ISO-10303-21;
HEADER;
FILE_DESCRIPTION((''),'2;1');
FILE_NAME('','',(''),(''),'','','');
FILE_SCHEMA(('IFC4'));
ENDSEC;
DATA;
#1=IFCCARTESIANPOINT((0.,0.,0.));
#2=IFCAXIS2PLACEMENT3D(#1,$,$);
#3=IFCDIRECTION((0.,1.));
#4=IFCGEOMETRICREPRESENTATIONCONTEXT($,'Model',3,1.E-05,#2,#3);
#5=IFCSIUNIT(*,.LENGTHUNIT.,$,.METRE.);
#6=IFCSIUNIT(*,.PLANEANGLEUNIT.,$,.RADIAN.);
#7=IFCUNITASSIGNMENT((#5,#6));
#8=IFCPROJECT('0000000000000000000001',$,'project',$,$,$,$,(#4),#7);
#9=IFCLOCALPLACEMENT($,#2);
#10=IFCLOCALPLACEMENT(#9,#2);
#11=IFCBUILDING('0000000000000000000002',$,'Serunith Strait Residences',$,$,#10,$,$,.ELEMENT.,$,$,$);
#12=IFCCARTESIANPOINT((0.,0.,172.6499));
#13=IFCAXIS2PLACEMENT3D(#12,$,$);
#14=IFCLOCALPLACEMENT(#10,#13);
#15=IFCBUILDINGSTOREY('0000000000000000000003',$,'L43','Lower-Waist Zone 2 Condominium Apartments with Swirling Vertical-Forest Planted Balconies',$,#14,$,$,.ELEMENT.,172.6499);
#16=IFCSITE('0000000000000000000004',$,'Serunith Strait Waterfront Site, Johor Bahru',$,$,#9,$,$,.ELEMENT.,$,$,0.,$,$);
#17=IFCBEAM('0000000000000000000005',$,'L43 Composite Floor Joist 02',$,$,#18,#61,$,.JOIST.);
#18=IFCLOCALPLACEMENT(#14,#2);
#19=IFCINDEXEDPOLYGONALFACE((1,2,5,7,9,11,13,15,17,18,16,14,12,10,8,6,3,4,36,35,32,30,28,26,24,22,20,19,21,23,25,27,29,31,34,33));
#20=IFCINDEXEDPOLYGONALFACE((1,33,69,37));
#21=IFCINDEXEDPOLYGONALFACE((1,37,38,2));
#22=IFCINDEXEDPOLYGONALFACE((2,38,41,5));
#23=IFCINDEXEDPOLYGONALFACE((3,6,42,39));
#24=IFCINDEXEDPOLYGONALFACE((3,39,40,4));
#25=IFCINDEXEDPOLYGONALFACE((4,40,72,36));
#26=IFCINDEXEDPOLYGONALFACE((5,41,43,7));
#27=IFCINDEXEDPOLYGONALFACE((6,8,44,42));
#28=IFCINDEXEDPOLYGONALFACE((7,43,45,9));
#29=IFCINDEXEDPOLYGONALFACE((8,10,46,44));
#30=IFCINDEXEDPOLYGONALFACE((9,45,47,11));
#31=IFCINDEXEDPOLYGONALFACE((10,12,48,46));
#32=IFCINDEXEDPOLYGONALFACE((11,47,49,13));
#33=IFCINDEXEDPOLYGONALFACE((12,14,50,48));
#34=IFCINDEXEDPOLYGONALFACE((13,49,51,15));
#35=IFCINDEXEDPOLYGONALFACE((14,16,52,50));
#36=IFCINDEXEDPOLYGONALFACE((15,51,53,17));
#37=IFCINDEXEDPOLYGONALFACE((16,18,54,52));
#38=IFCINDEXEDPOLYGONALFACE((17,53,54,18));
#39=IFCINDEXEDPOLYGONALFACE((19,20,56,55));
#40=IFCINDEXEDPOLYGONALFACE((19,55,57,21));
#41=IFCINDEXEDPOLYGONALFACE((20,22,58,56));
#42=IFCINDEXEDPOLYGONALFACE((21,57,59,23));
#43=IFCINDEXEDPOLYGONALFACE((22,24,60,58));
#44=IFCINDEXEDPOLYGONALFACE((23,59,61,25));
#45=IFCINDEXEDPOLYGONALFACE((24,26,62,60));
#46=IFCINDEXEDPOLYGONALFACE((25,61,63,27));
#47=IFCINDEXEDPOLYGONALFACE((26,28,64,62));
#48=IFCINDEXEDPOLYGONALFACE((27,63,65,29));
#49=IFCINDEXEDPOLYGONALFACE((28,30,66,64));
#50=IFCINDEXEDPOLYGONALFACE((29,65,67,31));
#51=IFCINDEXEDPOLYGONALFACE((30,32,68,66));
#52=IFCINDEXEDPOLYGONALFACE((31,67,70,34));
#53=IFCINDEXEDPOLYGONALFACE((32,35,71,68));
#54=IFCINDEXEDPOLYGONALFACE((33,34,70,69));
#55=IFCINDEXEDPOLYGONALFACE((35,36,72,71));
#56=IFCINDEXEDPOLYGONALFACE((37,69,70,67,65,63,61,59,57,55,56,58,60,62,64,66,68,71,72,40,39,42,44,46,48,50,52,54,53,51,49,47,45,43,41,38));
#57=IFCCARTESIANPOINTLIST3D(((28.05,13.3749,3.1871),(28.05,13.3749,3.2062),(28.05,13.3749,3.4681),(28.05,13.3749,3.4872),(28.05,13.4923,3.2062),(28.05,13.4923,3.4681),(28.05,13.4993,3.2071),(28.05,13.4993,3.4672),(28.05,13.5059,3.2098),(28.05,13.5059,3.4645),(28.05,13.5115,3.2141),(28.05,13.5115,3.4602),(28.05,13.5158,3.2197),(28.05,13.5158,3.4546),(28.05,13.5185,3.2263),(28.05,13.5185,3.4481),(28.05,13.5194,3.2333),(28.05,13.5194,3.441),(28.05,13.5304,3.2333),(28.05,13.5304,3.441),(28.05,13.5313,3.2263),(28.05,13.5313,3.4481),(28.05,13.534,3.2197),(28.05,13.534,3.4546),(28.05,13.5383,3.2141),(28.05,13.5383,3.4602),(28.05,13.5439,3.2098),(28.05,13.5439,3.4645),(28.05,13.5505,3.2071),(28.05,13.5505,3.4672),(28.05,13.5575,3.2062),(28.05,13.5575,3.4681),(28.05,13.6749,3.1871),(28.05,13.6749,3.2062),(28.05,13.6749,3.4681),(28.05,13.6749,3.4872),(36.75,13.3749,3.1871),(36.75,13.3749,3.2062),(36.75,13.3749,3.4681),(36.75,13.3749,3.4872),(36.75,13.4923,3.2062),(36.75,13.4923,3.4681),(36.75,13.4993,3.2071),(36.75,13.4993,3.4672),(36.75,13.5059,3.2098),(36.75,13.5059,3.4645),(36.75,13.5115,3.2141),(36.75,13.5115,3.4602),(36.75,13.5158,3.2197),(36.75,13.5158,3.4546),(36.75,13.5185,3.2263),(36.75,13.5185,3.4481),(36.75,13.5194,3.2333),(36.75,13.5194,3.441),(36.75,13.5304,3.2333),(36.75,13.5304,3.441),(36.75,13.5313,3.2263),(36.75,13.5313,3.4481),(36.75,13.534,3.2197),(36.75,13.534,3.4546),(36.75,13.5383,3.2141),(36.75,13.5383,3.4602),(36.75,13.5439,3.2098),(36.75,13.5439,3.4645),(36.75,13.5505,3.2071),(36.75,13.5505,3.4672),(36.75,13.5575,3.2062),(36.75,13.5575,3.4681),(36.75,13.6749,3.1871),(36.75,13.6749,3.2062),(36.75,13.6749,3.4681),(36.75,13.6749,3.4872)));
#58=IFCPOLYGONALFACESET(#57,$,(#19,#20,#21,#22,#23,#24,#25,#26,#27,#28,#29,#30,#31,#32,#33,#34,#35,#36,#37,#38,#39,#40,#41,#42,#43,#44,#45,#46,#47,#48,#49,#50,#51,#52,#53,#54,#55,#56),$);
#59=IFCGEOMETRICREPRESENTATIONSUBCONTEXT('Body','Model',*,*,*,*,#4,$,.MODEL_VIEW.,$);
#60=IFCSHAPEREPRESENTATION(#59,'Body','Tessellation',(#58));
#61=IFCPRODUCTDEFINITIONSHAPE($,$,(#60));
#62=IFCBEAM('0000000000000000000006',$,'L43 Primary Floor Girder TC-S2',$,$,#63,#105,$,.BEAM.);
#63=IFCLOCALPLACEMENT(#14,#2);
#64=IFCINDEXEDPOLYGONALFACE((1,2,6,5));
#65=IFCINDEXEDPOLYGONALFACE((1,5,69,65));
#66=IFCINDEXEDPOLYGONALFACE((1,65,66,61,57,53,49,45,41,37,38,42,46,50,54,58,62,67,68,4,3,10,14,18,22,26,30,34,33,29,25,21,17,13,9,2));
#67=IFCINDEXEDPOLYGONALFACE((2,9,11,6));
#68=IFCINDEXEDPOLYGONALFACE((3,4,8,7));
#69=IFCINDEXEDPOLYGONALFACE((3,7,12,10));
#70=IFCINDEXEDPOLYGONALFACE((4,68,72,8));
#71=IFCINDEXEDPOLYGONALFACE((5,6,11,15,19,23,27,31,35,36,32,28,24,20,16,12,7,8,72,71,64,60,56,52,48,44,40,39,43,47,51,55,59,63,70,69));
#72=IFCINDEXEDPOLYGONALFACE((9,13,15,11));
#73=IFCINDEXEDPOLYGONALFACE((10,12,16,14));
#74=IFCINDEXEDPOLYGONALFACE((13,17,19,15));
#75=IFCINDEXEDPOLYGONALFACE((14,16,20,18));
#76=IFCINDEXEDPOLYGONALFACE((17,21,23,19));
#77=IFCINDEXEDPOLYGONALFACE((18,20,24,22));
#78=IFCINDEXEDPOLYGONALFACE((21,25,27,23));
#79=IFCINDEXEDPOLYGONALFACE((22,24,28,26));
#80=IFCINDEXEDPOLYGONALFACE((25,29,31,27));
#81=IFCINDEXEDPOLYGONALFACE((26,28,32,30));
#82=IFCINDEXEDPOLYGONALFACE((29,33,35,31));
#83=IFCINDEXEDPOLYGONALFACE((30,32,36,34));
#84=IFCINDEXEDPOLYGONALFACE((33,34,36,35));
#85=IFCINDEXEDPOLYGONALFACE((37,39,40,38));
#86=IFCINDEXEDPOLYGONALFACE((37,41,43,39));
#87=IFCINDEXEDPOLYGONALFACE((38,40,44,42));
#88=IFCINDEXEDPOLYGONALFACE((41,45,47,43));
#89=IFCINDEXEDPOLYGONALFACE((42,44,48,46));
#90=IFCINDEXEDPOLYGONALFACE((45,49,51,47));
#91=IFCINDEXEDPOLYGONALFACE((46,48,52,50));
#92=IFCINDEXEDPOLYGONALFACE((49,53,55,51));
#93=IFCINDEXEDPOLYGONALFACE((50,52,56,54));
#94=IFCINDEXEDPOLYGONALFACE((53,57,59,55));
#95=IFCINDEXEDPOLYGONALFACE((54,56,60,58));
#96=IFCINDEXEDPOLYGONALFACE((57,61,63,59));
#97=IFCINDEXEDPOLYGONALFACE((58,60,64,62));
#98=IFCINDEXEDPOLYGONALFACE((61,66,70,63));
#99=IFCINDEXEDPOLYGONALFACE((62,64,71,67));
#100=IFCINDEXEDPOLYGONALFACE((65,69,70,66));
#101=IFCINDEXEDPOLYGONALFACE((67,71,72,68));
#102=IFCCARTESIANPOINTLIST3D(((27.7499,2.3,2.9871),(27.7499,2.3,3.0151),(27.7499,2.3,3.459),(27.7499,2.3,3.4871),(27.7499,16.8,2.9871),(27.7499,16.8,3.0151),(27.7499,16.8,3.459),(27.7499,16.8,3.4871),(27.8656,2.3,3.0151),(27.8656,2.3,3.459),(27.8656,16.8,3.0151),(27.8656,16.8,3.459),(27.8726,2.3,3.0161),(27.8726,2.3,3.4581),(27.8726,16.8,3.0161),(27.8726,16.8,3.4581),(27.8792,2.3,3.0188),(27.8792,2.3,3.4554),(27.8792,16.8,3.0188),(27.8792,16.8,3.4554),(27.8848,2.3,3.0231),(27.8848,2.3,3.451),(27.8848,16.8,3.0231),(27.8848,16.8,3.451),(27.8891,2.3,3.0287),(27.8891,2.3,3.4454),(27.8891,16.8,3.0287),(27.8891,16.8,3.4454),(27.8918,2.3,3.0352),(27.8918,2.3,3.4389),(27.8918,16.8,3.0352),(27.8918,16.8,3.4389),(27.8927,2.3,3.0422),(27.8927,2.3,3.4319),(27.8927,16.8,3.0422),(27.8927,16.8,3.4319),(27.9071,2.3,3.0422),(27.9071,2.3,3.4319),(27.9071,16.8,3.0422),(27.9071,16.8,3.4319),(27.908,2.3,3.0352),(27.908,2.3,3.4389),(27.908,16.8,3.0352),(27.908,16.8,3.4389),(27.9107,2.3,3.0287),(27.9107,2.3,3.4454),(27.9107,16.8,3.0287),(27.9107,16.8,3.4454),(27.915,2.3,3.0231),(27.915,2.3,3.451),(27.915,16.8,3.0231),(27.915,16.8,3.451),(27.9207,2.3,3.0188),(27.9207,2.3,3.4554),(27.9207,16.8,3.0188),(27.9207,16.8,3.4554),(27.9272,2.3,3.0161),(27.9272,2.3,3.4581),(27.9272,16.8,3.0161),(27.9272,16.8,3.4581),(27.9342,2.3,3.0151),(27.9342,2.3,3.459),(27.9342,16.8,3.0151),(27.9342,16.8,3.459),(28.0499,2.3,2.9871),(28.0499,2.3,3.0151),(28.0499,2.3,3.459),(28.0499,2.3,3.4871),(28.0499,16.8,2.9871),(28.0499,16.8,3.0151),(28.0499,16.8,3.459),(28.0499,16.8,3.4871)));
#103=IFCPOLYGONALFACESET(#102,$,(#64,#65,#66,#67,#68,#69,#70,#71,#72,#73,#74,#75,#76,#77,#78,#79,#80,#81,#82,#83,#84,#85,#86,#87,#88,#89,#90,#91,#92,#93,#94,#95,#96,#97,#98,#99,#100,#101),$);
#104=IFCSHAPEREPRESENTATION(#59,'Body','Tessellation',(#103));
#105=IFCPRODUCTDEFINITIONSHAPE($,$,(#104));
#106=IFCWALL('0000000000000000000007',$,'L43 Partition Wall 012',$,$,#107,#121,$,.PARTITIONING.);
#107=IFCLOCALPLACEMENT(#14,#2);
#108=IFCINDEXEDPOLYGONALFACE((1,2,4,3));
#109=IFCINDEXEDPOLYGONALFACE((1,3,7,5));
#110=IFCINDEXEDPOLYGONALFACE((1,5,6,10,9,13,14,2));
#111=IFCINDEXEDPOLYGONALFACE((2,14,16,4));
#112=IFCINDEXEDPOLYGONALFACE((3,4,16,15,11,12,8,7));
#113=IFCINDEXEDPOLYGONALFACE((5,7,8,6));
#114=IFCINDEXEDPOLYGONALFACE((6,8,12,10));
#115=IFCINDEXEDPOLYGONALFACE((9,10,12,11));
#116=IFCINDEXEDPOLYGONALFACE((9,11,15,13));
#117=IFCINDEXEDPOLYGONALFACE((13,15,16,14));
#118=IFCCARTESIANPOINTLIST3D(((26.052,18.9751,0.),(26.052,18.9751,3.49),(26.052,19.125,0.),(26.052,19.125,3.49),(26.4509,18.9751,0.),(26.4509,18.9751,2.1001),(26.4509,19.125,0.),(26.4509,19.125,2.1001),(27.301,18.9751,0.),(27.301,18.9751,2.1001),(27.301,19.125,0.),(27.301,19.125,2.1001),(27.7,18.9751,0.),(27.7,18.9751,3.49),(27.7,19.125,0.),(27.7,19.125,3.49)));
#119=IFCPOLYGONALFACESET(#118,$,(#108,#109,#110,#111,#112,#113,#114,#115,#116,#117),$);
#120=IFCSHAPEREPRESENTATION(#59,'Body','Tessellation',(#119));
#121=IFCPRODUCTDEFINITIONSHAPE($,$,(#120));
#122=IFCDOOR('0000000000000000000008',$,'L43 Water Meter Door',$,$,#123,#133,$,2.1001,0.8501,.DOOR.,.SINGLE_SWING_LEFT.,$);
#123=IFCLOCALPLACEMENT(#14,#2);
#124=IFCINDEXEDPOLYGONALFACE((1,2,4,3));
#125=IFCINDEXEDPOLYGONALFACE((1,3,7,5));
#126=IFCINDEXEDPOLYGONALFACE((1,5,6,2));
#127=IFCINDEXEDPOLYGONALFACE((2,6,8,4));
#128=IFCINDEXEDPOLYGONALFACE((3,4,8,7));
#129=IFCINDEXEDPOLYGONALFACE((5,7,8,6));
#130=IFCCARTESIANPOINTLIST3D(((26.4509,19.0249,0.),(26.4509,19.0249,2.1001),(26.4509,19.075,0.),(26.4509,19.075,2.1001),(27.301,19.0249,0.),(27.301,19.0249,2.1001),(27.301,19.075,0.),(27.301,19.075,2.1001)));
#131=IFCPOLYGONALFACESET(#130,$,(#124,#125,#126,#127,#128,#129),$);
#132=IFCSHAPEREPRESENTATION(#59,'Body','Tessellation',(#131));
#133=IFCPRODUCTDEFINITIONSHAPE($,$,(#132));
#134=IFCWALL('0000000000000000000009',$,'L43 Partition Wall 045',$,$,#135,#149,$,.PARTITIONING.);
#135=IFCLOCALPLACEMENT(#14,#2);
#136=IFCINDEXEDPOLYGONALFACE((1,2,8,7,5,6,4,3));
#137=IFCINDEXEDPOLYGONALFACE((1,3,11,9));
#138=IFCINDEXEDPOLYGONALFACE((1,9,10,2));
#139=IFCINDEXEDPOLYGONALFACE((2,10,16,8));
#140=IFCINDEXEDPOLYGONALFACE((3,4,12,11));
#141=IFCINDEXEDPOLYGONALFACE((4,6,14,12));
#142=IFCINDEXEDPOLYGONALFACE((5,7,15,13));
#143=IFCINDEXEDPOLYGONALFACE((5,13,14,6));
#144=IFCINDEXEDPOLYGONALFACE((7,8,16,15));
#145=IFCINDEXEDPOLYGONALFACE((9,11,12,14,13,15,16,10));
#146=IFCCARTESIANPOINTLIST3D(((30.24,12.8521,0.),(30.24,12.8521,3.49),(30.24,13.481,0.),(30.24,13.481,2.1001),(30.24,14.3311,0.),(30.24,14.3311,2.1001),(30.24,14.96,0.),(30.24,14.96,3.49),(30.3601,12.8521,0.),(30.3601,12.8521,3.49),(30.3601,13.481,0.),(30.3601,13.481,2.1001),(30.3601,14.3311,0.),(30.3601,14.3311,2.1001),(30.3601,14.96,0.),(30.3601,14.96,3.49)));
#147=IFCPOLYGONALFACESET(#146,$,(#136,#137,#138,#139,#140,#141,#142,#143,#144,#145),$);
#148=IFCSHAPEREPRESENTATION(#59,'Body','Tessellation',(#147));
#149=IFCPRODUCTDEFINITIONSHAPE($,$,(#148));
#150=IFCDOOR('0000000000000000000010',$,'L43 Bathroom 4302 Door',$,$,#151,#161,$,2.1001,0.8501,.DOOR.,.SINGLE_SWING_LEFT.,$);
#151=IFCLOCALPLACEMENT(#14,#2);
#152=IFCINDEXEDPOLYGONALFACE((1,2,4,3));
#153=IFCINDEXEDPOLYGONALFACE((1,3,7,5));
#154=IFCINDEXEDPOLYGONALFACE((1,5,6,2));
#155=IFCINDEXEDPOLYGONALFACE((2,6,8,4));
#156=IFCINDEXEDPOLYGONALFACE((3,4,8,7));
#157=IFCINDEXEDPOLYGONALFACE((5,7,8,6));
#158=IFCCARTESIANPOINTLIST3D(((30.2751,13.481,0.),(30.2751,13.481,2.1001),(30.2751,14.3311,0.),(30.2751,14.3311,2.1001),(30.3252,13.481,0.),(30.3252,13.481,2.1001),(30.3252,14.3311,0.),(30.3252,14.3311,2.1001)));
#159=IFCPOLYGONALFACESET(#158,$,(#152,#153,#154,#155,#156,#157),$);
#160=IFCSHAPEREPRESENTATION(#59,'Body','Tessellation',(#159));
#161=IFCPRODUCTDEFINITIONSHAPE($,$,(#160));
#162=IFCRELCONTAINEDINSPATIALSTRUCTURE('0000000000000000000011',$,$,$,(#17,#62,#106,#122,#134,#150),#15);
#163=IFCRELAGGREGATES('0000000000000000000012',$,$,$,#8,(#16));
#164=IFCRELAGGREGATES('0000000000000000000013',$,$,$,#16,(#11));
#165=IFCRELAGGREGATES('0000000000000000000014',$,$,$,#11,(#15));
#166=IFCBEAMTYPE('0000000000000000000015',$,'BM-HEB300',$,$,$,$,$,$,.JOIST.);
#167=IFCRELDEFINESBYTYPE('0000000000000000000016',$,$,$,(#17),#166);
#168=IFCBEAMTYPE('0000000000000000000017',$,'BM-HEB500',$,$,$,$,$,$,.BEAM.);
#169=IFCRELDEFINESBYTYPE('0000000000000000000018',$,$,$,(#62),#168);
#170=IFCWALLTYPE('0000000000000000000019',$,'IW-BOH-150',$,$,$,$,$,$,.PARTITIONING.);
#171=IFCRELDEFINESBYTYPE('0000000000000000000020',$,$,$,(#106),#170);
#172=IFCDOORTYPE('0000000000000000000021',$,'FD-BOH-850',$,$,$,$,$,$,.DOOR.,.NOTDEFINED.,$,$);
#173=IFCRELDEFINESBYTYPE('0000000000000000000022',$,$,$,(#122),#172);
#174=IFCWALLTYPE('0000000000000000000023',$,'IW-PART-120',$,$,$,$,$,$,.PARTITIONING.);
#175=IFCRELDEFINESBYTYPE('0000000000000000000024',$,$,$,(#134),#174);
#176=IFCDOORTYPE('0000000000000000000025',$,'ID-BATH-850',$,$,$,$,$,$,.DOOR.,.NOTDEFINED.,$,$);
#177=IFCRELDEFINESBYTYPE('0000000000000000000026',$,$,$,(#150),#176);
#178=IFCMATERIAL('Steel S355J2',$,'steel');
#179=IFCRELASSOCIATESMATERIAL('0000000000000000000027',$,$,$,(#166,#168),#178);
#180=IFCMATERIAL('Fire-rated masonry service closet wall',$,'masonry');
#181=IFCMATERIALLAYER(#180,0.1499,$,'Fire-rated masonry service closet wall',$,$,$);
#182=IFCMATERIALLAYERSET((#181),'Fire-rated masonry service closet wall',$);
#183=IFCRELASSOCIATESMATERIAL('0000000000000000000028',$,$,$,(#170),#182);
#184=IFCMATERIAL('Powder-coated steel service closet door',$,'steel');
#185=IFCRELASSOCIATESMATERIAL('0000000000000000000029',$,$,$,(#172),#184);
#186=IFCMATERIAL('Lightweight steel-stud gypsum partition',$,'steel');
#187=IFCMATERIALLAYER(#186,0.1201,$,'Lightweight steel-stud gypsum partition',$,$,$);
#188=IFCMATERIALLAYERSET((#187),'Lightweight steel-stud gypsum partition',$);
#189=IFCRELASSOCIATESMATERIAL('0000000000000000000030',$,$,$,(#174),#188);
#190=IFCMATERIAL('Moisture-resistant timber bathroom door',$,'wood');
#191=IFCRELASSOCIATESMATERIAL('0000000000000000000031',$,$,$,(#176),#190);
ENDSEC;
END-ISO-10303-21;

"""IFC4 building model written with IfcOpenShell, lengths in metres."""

from ifc_helpers import new_model, si_unit, direction, frame, frame_2d, origin, origin_2d, place, context, subcontext, project, spatial, rectangle, i_section, extrude, source, transform, mapped, material, layer, layer_set, material_profile, profile_set, type_object, element, fill, save


model = new_model("IFC4")

# Units and contexts
model_context = context("Model", 3, precision=1e-05, world=origin(), true_north=direction((0.0, 1.0)))
body_context = subcontext(model_context, "Body", "Model", "MODEL_VIEW")
ifc_project = project(units=[si_unit("LENGTHUNIT", "METRE"), si_unit("PLANEANGLEUNIT", "RADIAN")], contexts=[model_context])

# Site, building, storey
site_placement = place(None, origin())
site = spatial("IfcSite", under=ifc_project, at=site_placement, Name="Serunith Strait Waterfront Site, Johor Bahru", CompositionType="ELEMENT", RefElevation=0.0)
building_placement = place(site_placement, origin())
building = spatial("IfcBuilding", under=site, at=building_placement, Name="Serunith Strait Residences", CompositionType="ELEMENT")
storey_placement = place(building_placement, frame((0.0, 0.0, 172.6499)))
storey = spatial("IfcBuildingStorey", under=building, at=storey_placement, Name="L43", Description="Lower-Waist Zone 2 Condominium Apartments with Swirling Vertical-Forest Planted Balconies", CompositionType="ELEMENT", Elevation=172.6499)

# Beams
ifc_material_1 = material(Name="Steel S355J2", Category="steel")
ifc_material_profile_1 = material_profile(ifc_material_1, i_section(OverallWidth=0.3, OverallDepth=0.3, WebThickness=0.011, FlangeThickness=0.019, FilletRadius=0.0271, at=origin_2d()), Name="HEB 300")
ifc_profile_set_1 = profile_set([ifc_material_profile_1], Name="Steel S355J2")
beam_type_1 = type_object("IfcBeamType", Name="BM-HEB300", PredefinedType="JOIST", material=ifc_profile_set_1)
shared_shape_1 = source(origin(), body_context, "Body", "SweptSolid", [
    extrude(i_section(OverallWidth=0.3, OverallDepth=0.3, WebThickness=0.011, FlangeThickness=0.019, FilletRadius=0.0271, at=origin_2d()), origin(), (0.0, 0.0, 1.0), 8.7),
])
beam_1_placement = place(storey_placement, frame((28.05, 13.5249, 3.3372), z_axis=(1.0, 0.0, 0.0), x_axis=(0.0, 1.0, 0.0)))
element("IfcBeam", 1, at=beam_1_placement, inside=storey, type_object=beam_type_1, Name="L43 Composite Floor Joist 02", PredefinedType="JOIST", context=body_context, shape_type="MappedRepresentation", body=[
    mapped(shared_shape_1, transform((0.0, 0.0, 0.0), scale=1.0)),
])
ifc_material_profile_2 = material_profile(ifc_material_1, i_section(OverallWidth=0.3, OverallDepth=0.5, WebThickness=0.0144, FlangeThickness=0.0281, FilletRadius=0.0271, at=origin_2d()), Name="HEB 500")
ifc_profile_set_2 = profile_set([ifc_material_profile_2], Name="Steel S355J2")
beam_type_2 = type_object("IfcBeamType", Name="BM-HEB500", PredefinedType="BEAM", material=ifc_profile_set_2)
shared_shape_2 = source(origin(), body_context, "Body", "SweptSolid", [
    extrude(i_section(OverallWidth=0.3, OverallDepth=0.5, WebThickness=0.0144, FlangeThickness=0.0281, FilletRadius=0.0271, at=origin_2d()), origin(), (0.0, 0.0, 1.0), 14.5),
])
beam_2_placement = place(storey_placement, frame((27.8999, 16.8, 3.2371), z_axis=(0.0, -1.0, 0.0), x_axis=(1.0, 0.0, 0.0)))
element("IfcBeam", 2, at=beam_2_placement, inside=storey, type_object=beam_type_2, Name="L43 Primary Floor Girder TC-S2", PredefinedType="BEAM", context=body_context, shape_type="MappedRepresentation", body=[
    mapped(shared_shape_2, transform((0.0, 0.0, 0.0), scale=1.0)),
])

# Walls, openings, doors
ifc_material_2 = material(Name="Fire-rated masonry service closet wall", Category="masonry")
ifc_layer_1 = layer(ifc_material_2, 0.1499, Name="Fire-rated masonry service closet wall")
ifc_layer_set_1 = layer_set([ifc_layer_1], Name="Fire-rated masonry service closet wall")
wall_type_1 = type_object("IfcWallType", Name="IW-BOH-150", PredefinedType="PARTITIONING", material=ifc_layer_set_1)
wall_1_placement = place(storey_placement, frame((26.052, 19.05, 0.0), z_axis=(0.0, 0.0, 1.0), x_axis=(1.0, 0.0, 0.0)))
wall_1 = element("IfcWall", 3, at=wall_1_placement, inside=storey, type_object=wall_type_1, Name="L43 Partition Wall 012", PredefinedType="PARTITIONING", context=body_context, shape_type="SweptSolid", body=[
    extrude(rectangle(XDim=1.6479, YDim=0.1499, at=frame_2d((0.824, 0.0))), origin(), (0.0, 0.0, 1.0), 3.49),
])
opening_1_placement = place(wall_1_placement, frame((0.3989, 0.0, 0.0)))
opening_1 = element("IfcOpeningElement", 4, at=opening_1_placement, cuts=wall_1, PredefinedType="OPENING", context=body_context, shape_type="SweptSolid", body=[
    extrude(rectangle(XDim=0.8501, YDim=2.1001, at=frame_2d((0.425, 1.05))), frame((0.0, 0.085, 0.0), z_axis=(0.0, -1.0, 0.0), x_axis=(1.0, 0.0, 0.0)), (0.0, 0.0, 1.0), 0.1699),
])
ifc_material_3 = material(Name="Powder-coated steel service closet door", Category="steel")
door_type_1 = type_object("IfcDoorType", Name="FD-BOH-850", OperationType="NOTDEFINED", PredefinedType="DOOR", material=ifc_material_3)
shared_shape_3 = source(origin(), body_context, "Body", "SweptSolid", [
    extrude(rectangle(XDim=0.8501, YDim=2.1001, at=frame_2d((0.425, 1.05))), frame((0.0, 0.0249, 0.0), z_axis=(0.0, -1.0, 0.0), x_axis=(1.0, 0.0, 0.0)), (0.0, 0.0, 1.0), 0.05),
])
door_1_placement = place(opening_1_placement, origin())
door_1 = element("IfcDoor", 5, at=door_1_placement, inside=storey, type_object=door_type_1, Name="L43 Water Meter Door", OperationType="SINGLE_SWING_LEFT", OverallHeight=2.1001, OverallWidth=0.8501, PredefinedType="DOOR", context=body_context, shape_type="MappedRepresentation", body=[
    mapped(shared_shape_3, transform((0.0, 0.0, 0.0), scale=1.0)),
])
fill(opening_1, door_1)
ifc_material_4 = material(Name="Lightweight steel-stud gypsum partition", Category="steel")
ifc_layer_2 = layer(ifc_material_4, 0.1201, Name="Lightweight steel-stud gypsum partition")
ifc_layer_set_2 = layer_set([ifc_layer_2], Name="Lightweight steel-stud gypsum partition")
wall_type_2 = type_object("IfcWallType", Name="IW-PART-120", PredefinedType="PARTITIONING", material=ifc_layer_set_2)
wall_2_placement = place(storey_placement, frame((30.3, 12.8521, 0.0), z_axis=(0.0, 0.0, 1.0), x_axis=(0.0, 1.0, 0.0)))
wall_2 = element("IfcWall", 6, at=wall_2_placement, inside=storey, type_object=wall_type_2, Name="L43 Partition Wall 045", PredefinedType="PARTITIONING", context=body_context, shape_type="SweptSolid", body=[
    extrude(rectangle(XDim=2.1079, YDim=0.1201, at=frame_2d((1.054, 0.0))), origin(), (0.0, 0.0, 1.0), 3.49),
])
opening_2_placement = place(wall_2_placement, frame((0.6289, 0.0, 0.0)))
opening_2 = element("IfcOpeningElement", 7, at=opening_2_placement, cuts=wall_2, PredefinedType="OPENING", context=body_context, shape_type="SweptSolid", body=[
    extrude(rectangle(XDim=0.8501, YDim=2.1001, at=frame_2d((0.425, 1.05))), frame((0.0, 0.0701, 0.0), z_axis=(0.0, -1.0, 0.0), x_axis=(1.0, 0.0, 0.0)), (0.0, 0.0, 1.0), 0.1401),
])
ifc_material_5 = material(Name="Moisture-resistant timber bathroom door", Category="wood")
door_type_2 = type_object("IfcDoorType", Name="ID-BATH-850", OperationType="NOTDEFINED", PredefinedType="DOOR", material=ifc_material_5)
door_2_placement = place(opening_2_placement, origin())
door_2 = element("IfcDoor", 8, at=door_2_placement, inside=storey, type_object=door_type_2, Name="L43 Bathroom 4302 Door", OperationType="SINGLE_SWING_LEFT", OverallHeight=2.1001, OverallWidth=0.8501, PredefinedType="DOOR", context=body_context, shape_type="MappedRepresentation", body=[
    mapped(shared_shape_3, transform((0.0, 0.0, 0.0), scale=1.0)),
])
fill(opening_2, door_2)

save(model, "model.ifc")
